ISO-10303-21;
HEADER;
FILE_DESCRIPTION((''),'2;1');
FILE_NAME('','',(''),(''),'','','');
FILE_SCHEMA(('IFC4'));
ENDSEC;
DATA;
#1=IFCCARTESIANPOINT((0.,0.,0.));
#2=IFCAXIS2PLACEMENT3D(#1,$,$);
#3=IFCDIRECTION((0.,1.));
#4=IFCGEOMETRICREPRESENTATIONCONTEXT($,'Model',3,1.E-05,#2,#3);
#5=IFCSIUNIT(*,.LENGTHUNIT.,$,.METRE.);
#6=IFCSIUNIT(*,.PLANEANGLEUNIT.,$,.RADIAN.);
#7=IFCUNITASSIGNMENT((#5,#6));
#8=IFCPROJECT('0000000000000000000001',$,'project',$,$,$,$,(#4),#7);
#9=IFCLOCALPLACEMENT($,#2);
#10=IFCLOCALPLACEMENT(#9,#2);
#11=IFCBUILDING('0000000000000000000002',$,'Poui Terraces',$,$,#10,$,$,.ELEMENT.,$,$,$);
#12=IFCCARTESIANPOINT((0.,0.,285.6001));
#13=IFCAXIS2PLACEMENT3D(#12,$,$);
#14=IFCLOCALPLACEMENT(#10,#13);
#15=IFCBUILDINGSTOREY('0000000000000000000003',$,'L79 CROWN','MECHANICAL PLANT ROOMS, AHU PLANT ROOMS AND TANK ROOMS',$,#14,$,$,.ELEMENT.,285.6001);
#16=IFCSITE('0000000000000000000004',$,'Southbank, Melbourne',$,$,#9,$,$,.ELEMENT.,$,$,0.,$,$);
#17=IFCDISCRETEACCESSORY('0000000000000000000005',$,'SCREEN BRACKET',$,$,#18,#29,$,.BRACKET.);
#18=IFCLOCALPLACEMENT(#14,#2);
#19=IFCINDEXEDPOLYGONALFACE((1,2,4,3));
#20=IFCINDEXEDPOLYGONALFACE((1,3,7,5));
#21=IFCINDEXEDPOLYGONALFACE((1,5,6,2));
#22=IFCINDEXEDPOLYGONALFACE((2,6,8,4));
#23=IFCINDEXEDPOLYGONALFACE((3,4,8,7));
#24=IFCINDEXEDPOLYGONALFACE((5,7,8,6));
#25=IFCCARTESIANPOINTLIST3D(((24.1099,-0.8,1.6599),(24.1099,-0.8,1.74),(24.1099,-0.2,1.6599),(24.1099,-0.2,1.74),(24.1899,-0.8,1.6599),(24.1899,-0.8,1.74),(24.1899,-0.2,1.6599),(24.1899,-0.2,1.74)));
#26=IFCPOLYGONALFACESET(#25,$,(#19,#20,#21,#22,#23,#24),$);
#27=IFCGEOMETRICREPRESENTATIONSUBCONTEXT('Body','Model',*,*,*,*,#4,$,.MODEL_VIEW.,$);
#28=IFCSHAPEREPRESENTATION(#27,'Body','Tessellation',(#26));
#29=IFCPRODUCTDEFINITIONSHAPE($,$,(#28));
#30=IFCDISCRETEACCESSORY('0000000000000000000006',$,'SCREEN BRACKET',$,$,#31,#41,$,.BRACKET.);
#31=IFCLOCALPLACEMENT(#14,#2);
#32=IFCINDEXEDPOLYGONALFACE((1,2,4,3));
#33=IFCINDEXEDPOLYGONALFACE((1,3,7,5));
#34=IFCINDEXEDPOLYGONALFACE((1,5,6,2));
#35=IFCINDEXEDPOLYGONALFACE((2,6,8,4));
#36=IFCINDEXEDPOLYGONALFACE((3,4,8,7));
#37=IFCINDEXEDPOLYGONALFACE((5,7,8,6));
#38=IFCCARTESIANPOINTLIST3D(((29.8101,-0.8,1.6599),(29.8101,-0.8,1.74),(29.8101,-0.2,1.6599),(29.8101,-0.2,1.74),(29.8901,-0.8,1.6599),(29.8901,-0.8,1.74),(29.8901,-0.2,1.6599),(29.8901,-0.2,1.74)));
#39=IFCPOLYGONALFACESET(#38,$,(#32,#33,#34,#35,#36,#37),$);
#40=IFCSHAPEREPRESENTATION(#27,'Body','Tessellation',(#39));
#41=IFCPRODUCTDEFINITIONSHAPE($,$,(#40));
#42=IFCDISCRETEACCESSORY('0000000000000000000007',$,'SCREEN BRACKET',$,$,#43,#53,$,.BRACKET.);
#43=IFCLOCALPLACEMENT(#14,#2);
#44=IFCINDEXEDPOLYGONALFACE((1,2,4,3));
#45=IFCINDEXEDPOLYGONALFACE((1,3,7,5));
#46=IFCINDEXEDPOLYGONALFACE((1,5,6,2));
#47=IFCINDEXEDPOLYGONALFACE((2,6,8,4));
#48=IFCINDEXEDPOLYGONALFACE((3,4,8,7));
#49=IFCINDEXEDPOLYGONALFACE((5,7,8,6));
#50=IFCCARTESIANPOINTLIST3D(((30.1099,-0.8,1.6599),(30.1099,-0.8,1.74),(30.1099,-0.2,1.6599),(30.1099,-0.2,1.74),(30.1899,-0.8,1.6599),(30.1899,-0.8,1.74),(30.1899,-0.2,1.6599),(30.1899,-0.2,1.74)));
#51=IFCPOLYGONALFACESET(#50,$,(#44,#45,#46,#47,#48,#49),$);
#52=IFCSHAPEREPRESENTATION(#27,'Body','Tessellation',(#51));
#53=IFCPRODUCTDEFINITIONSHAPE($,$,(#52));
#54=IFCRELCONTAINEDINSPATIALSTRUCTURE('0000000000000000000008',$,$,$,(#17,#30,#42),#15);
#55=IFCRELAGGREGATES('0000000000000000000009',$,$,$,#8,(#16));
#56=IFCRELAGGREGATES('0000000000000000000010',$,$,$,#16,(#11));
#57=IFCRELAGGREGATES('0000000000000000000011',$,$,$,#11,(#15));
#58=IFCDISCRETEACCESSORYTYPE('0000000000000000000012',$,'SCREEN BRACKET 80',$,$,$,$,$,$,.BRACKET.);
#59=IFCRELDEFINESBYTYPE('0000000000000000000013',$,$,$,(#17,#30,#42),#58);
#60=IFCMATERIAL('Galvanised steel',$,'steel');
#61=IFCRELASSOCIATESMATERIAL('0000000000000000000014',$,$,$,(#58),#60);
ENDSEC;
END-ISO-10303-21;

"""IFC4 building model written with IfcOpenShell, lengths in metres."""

from ifc_helpers import new_model, si_unit, direction, frame, origin, origin_2d, place, context, subcontext, project, spatial, rectangle, extrude, source, transform, mapped, material, material_profile, profile_set, type_object, element, save


model = new_model("IFC4")

# Units and contexts
model_context = context("Model", 3, precision=1e-05, world=origin(), true_north=direction((0.0, 1.0)))
body_context = subcontext(model_context, "Body", "Model", "MODEL_VIEW")
ifc_project = project(units=[si_unit("LENGTHUNIT", "METRE"), si_unit("PLANEANGLEUNIT", "RADIAN")], contexts=[model_context])

# Site, building, storey
site_placement = place(None, origin())
site = spatial("IfcSite", under=ifc_project, at=site_placement, Name="Southbank, Melbourne", CompositionType="ELEMENT", RefElevation=0.0)
building_placement = place(site_placement, origin())
building = spatial("IfcBuilding", under=site, at=building_placement, Name="Poui Terraces", CompositionType="ELEMENT")
storey_placement = place(building_placement, frame((0.0, 0.0, 285.6001)))
storey = spatial("IfcBuildingStorey", under=building, at=storey_placement, Name="L79 CROWN", Description="MECHANICAL PLANT ROOMS, AHU PLANT ROOMS AND TANK ROOMS", CompositionType="ELEMENT", Elevation=285.6001)

# Discrete accessories
ifc_material_1 = material(Name="Galvanised steel", Category="steel")
ifc_material_profile_1 = material_profile(ifc_material_1, rectangle(XDim=0.0801, YDim=0.0801, at=origin_2d()), Name="SCREEN BRACKET 80")
ifc_profile_set_1 = profile_set([ifc_material_profile_1], Name="Galvanised steel")
discrete_accessory_type = type_object("IfcDiscreteAccessoryType", Name="SCREEN BRACKET 80", PredefinedType="BRACKET", material=ifc_profile_set_1)
shared_shape_1 = source(origin(), body_context, "Body", "SweptSolid", [
    extrude(rectangle(XDim=0.0801, YDim=0.0801, at=origin_2d()), origin(), (0.0, 0.0, 1.0), 0.6001),
])
for number, where, z_axis, x_axis, name in (
    (1, (24.1499, -0.2, 1.7), (0.0, -1.0, 0.0), (1.0, 0.0, 0.0), "SCREEN BRACKET"),
    (2, (29.8501, -0.2, 1.7), (0.0, -1.0, 0.0), (1.0, 0.0, 0.0), "SCREEN BRACKET"),
    (3, (30.1499, -0.2, 1.7), (0.0, -1.0, 0.0), (1.0, 0.0, 0.0), "SCREEN BRACKET"),
):
    element("IfcDiscreteAccessory", number, at=place(storey_placement, frame(where, z_axis=z_axis, x_axis=x_axis)), inside=storey, type_object=discrete_accessory_type, Name=name, PredefinedType="BRACKET", context=body_context, shape_type="MappedRepresentation", body=[
        mapped(shared_shape_1, transform((0.0, 0.0, 0.0))),
    ])

save(model, "model.ifc")
